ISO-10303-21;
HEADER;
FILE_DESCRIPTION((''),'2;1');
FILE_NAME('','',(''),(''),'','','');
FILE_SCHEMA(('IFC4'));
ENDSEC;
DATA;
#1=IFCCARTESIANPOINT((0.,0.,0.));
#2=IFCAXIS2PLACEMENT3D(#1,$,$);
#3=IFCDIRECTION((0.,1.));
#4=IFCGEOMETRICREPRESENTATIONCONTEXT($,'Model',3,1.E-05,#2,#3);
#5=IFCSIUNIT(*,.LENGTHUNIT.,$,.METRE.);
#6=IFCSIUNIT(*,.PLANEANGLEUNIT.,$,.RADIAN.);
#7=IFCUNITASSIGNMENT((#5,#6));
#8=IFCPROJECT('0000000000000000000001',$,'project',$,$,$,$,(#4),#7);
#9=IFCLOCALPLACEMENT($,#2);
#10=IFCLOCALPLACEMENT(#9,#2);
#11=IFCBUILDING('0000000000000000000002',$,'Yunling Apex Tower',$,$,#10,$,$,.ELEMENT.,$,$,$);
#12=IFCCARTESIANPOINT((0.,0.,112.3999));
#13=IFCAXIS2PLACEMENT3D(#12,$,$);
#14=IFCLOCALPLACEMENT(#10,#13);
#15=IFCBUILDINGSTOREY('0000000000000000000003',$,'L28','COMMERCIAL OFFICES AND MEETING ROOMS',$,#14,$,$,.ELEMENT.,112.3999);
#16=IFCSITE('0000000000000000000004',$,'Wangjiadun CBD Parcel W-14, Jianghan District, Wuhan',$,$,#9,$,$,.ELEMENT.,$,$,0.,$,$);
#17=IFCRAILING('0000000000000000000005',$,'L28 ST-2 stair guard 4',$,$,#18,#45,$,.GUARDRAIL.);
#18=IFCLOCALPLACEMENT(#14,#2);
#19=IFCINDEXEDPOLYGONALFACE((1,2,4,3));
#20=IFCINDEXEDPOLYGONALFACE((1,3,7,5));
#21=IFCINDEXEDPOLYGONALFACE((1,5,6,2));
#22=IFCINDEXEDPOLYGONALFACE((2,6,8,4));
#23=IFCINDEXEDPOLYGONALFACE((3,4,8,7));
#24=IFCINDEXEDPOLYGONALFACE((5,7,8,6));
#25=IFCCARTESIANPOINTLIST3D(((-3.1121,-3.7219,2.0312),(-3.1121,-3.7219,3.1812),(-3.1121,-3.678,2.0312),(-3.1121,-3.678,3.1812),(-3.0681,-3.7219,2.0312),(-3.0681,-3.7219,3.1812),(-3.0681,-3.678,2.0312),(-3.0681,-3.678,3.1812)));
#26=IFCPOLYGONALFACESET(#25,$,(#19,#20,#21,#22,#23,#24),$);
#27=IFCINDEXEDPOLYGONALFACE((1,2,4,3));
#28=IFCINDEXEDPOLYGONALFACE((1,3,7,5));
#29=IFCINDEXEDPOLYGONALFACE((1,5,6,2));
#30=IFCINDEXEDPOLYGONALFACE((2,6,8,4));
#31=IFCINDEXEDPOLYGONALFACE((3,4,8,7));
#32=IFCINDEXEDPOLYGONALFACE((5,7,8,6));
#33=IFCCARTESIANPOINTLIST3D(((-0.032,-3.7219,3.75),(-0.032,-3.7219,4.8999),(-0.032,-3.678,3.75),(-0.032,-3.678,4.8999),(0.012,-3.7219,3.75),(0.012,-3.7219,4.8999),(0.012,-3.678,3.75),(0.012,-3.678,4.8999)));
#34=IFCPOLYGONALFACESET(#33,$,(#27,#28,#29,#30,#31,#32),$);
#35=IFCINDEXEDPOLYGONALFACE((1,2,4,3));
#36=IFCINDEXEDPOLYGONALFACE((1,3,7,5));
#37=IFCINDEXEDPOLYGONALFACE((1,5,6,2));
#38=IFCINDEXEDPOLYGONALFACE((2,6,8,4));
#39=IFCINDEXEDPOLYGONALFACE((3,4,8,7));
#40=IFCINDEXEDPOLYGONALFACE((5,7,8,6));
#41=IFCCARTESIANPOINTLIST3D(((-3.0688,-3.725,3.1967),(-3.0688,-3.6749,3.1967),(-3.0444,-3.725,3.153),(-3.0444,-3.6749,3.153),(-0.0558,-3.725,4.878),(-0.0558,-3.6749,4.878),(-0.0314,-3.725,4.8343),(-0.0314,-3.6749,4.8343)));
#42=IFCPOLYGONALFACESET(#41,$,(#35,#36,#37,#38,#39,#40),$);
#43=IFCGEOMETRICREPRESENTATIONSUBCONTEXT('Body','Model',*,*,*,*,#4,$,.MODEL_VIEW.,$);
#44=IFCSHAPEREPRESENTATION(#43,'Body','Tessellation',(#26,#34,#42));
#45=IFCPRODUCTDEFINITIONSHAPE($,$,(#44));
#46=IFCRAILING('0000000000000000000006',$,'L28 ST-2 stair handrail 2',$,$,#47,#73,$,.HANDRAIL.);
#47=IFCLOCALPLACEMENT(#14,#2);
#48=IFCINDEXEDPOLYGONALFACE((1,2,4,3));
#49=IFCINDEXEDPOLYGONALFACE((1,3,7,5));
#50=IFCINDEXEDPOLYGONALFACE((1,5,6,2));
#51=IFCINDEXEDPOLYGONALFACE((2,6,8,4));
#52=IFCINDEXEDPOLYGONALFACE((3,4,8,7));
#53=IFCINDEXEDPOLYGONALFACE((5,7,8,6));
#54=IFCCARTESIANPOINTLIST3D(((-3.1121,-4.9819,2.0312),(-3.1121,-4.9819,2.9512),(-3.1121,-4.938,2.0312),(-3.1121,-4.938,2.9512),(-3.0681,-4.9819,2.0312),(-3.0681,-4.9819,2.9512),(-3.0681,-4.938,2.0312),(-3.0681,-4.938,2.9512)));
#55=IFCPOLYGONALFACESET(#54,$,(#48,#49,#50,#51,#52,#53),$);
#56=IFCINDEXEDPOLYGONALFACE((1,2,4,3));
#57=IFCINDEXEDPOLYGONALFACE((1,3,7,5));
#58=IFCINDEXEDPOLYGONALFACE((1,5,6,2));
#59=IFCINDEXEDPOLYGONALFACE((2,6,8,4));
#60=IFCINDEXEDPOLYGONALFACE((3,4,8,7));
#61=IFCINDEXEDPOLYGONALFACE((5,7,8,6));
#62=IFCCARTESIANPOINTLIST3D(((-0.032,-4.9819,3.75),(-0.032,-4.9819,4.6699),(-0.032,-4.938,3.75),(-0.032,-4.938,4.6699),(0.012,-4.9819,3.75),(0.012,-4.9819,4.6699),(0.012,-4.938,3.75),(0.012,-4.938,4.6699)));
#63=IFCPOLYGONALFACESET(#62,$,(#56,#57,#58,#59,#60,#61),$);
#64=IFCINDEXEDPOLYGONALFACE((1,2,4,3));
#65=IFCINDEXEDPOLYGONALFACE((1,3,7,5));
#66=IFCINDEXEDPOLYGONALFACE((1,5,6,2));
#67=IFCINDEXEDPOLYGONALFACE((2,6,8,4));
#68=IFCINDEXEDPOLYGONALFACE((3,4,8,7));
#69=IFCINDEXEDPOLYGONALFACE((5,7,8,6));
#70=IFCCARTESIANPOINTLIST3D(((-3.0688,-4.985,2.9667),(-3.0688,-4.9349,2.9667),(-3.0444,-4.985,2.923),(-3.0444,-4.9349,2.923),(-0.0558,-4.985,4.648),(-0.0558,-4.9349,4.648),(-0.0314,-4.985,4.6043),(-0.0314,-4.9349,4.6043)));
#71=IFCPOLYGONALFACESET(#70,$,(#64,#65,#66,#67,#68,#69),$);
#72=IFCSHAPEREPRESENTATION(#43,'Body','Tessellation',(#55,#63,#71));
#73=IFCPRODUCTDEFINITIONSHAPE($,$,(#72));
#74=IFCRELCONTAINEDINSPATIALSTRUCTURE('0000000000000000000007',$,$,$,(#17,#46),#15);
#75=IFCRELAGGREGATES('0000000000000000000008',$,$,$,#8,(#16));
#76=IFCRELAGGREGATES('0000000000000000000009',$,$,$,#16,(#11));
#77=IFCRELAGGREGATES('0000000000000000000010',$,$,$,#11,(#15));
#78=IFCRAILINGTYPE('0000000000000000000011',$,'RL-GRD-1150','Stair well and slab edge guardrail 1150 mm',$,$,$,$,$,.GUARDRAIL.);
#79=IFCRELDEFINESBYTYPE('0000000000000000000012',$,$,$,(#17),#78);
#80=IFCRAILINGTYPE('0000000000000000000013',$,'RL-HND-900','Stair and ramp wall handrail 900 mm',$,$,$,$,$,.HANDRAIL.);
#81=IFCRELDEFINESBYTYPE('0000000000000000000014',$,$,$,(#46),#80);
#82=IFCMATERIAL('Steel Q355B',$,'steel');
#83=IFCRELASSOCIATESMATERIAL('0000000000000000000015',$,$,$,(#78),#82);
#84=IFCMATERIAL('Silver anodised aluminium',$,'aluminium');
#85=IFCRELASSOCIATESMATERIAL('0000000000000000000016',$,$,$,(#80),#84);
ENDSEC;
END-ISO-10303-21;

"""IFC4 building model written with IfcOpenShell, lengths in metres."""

from ifc_helpers import new_model, si_unit, direction, frame, origin, origin_2d, place, context, subcontext, project, spatial, rectangle, extrude, material, type_object, element, save


model = new_model("IFC4")

# Units and contexts
model_context = context("Model", 3, precision=1e-05, world=origin(), true_north=direction((0.0, 1.0)))
body_context = subcontext(model_context, "Body", "Model", "MODEL_VIEW")
ifc_project = project(units=[si_unit("LENGTHUNIT", "METRE"), si_unit("PLANEANGLEUNIT", "RADIAN")], contexts=[model_context])

# Site, building, storey
site_placement = place(None, origin())
site = spatial("IfcSite", under=ifc_project, at=site_placement, Name="Wangjiadun CBD Parcel W-14, Jianghan District, Wuhan", CompositionType="ELEMENT", RefElevation=0.0)
building_placement = place(site_placement, origin())
building = spatial("IfcBuilding", under=site, at=building_placement, Name="Yunling Apex Tower", CompositionType="ELEMENT")
storey_placement = place(building_placement, frame((0.0, 0.0, 112.3999)))
storey = spatial("IfcBuildingStorey", under=building, at=storey_placement, Name="L28", Description="COMMERCIAL OFFICES AND MEETING ROOMS", CompositionType="ELEMENT", Elevation=112.3999)

# Shared definitions
ifc_material_1 = material(Name="Steel Q355B", Category="steel")

# Shared definitions
ifc_material_2 = material(Name="Silver anodised aluminium", Category="aluminium")

# Railings
railing_type_1 = type_object("IfcRailingType", Name="RL-GRD-1150", Description="Stair well and slab edge guardrail 1150 mm", PredefinedType="GUARDRAIL", material=ifc_material_1)
railing_1_placement = place(storey_placement, frame((-3.0901, -3.7, 2.0312)))
element("IfcRailing", 1, at=railing_1_placement, inside=storey, type_object=railing_type_1, Name="L28 ST-2 stair guard 4", PredefinedType="GUARDRAIL", context=body_context, shape_type="SweptSolid", body=[
    extrude(rectangle(XDim=0.0439, YDim=0.0439, at=origin_2d()), origin(), (0.0, 0.0, 1.0), 1.1499),
    extrude(rectangle(XDim=0.0439, YDim=0.0439, at=origin_2d()), frame((3.0801, 0.0, 1.7188)), (0.0, 0.0, 1.0), 1.1499),
    extrude(rectangle(XDim=0.05, YDim=0.05, at=origin_2d()), frame((0.0334, 0.0, 1.1436), z_axis=(0.873242, 0.0, 0.487288), x_axis=(0.0, 1.0, 0.0)), (0.0, 0.0, 1.0), 3.4504),
])
railing_type_2 = type_object("IfcRailingType", Name="RL-HND-900", Description="Stair and ramp wall handrail 900 mm", PredefinedType="HANDRAIL", material=ifc_material_2)
railing_2_placement = place(storey_placement, frame((-3.0901, -4.96, 2.0312)))
element("IfcRailing", 2, at=railing_2_placement, inside=storey, type_object=railing_type_2, Name="L28 ST-2 stair handrail 2", PredefinedType="HANDRAIL", context=body_context, shape_type="SweptSolid", body=[
    extrude(rectangle(XDim=0.0439, YDim=0.0439, at=origin_2d()), origin(), (0.0, 0.0, 1.0), 0.9199),
    extrude(rectangle(XDim=0.0439, YDim=0.0439, at=origin_2d()), frame((3.0801, 0.0, 1.7188)), (0.0, 0.0, 1.0), 0.9199),
    extrude(rectangle(XDim=0.05, YDim=0.05, at=origin_2d()), frame((0.0334, 0.0, 0.9136), z_axis=(0.873242, 0.0, 0.487288), x_axis=(0.0, 1.0, 0.0)), (0.0, 0.0, 1.0), 3.4504),
])

save(model, "model.ifc")
